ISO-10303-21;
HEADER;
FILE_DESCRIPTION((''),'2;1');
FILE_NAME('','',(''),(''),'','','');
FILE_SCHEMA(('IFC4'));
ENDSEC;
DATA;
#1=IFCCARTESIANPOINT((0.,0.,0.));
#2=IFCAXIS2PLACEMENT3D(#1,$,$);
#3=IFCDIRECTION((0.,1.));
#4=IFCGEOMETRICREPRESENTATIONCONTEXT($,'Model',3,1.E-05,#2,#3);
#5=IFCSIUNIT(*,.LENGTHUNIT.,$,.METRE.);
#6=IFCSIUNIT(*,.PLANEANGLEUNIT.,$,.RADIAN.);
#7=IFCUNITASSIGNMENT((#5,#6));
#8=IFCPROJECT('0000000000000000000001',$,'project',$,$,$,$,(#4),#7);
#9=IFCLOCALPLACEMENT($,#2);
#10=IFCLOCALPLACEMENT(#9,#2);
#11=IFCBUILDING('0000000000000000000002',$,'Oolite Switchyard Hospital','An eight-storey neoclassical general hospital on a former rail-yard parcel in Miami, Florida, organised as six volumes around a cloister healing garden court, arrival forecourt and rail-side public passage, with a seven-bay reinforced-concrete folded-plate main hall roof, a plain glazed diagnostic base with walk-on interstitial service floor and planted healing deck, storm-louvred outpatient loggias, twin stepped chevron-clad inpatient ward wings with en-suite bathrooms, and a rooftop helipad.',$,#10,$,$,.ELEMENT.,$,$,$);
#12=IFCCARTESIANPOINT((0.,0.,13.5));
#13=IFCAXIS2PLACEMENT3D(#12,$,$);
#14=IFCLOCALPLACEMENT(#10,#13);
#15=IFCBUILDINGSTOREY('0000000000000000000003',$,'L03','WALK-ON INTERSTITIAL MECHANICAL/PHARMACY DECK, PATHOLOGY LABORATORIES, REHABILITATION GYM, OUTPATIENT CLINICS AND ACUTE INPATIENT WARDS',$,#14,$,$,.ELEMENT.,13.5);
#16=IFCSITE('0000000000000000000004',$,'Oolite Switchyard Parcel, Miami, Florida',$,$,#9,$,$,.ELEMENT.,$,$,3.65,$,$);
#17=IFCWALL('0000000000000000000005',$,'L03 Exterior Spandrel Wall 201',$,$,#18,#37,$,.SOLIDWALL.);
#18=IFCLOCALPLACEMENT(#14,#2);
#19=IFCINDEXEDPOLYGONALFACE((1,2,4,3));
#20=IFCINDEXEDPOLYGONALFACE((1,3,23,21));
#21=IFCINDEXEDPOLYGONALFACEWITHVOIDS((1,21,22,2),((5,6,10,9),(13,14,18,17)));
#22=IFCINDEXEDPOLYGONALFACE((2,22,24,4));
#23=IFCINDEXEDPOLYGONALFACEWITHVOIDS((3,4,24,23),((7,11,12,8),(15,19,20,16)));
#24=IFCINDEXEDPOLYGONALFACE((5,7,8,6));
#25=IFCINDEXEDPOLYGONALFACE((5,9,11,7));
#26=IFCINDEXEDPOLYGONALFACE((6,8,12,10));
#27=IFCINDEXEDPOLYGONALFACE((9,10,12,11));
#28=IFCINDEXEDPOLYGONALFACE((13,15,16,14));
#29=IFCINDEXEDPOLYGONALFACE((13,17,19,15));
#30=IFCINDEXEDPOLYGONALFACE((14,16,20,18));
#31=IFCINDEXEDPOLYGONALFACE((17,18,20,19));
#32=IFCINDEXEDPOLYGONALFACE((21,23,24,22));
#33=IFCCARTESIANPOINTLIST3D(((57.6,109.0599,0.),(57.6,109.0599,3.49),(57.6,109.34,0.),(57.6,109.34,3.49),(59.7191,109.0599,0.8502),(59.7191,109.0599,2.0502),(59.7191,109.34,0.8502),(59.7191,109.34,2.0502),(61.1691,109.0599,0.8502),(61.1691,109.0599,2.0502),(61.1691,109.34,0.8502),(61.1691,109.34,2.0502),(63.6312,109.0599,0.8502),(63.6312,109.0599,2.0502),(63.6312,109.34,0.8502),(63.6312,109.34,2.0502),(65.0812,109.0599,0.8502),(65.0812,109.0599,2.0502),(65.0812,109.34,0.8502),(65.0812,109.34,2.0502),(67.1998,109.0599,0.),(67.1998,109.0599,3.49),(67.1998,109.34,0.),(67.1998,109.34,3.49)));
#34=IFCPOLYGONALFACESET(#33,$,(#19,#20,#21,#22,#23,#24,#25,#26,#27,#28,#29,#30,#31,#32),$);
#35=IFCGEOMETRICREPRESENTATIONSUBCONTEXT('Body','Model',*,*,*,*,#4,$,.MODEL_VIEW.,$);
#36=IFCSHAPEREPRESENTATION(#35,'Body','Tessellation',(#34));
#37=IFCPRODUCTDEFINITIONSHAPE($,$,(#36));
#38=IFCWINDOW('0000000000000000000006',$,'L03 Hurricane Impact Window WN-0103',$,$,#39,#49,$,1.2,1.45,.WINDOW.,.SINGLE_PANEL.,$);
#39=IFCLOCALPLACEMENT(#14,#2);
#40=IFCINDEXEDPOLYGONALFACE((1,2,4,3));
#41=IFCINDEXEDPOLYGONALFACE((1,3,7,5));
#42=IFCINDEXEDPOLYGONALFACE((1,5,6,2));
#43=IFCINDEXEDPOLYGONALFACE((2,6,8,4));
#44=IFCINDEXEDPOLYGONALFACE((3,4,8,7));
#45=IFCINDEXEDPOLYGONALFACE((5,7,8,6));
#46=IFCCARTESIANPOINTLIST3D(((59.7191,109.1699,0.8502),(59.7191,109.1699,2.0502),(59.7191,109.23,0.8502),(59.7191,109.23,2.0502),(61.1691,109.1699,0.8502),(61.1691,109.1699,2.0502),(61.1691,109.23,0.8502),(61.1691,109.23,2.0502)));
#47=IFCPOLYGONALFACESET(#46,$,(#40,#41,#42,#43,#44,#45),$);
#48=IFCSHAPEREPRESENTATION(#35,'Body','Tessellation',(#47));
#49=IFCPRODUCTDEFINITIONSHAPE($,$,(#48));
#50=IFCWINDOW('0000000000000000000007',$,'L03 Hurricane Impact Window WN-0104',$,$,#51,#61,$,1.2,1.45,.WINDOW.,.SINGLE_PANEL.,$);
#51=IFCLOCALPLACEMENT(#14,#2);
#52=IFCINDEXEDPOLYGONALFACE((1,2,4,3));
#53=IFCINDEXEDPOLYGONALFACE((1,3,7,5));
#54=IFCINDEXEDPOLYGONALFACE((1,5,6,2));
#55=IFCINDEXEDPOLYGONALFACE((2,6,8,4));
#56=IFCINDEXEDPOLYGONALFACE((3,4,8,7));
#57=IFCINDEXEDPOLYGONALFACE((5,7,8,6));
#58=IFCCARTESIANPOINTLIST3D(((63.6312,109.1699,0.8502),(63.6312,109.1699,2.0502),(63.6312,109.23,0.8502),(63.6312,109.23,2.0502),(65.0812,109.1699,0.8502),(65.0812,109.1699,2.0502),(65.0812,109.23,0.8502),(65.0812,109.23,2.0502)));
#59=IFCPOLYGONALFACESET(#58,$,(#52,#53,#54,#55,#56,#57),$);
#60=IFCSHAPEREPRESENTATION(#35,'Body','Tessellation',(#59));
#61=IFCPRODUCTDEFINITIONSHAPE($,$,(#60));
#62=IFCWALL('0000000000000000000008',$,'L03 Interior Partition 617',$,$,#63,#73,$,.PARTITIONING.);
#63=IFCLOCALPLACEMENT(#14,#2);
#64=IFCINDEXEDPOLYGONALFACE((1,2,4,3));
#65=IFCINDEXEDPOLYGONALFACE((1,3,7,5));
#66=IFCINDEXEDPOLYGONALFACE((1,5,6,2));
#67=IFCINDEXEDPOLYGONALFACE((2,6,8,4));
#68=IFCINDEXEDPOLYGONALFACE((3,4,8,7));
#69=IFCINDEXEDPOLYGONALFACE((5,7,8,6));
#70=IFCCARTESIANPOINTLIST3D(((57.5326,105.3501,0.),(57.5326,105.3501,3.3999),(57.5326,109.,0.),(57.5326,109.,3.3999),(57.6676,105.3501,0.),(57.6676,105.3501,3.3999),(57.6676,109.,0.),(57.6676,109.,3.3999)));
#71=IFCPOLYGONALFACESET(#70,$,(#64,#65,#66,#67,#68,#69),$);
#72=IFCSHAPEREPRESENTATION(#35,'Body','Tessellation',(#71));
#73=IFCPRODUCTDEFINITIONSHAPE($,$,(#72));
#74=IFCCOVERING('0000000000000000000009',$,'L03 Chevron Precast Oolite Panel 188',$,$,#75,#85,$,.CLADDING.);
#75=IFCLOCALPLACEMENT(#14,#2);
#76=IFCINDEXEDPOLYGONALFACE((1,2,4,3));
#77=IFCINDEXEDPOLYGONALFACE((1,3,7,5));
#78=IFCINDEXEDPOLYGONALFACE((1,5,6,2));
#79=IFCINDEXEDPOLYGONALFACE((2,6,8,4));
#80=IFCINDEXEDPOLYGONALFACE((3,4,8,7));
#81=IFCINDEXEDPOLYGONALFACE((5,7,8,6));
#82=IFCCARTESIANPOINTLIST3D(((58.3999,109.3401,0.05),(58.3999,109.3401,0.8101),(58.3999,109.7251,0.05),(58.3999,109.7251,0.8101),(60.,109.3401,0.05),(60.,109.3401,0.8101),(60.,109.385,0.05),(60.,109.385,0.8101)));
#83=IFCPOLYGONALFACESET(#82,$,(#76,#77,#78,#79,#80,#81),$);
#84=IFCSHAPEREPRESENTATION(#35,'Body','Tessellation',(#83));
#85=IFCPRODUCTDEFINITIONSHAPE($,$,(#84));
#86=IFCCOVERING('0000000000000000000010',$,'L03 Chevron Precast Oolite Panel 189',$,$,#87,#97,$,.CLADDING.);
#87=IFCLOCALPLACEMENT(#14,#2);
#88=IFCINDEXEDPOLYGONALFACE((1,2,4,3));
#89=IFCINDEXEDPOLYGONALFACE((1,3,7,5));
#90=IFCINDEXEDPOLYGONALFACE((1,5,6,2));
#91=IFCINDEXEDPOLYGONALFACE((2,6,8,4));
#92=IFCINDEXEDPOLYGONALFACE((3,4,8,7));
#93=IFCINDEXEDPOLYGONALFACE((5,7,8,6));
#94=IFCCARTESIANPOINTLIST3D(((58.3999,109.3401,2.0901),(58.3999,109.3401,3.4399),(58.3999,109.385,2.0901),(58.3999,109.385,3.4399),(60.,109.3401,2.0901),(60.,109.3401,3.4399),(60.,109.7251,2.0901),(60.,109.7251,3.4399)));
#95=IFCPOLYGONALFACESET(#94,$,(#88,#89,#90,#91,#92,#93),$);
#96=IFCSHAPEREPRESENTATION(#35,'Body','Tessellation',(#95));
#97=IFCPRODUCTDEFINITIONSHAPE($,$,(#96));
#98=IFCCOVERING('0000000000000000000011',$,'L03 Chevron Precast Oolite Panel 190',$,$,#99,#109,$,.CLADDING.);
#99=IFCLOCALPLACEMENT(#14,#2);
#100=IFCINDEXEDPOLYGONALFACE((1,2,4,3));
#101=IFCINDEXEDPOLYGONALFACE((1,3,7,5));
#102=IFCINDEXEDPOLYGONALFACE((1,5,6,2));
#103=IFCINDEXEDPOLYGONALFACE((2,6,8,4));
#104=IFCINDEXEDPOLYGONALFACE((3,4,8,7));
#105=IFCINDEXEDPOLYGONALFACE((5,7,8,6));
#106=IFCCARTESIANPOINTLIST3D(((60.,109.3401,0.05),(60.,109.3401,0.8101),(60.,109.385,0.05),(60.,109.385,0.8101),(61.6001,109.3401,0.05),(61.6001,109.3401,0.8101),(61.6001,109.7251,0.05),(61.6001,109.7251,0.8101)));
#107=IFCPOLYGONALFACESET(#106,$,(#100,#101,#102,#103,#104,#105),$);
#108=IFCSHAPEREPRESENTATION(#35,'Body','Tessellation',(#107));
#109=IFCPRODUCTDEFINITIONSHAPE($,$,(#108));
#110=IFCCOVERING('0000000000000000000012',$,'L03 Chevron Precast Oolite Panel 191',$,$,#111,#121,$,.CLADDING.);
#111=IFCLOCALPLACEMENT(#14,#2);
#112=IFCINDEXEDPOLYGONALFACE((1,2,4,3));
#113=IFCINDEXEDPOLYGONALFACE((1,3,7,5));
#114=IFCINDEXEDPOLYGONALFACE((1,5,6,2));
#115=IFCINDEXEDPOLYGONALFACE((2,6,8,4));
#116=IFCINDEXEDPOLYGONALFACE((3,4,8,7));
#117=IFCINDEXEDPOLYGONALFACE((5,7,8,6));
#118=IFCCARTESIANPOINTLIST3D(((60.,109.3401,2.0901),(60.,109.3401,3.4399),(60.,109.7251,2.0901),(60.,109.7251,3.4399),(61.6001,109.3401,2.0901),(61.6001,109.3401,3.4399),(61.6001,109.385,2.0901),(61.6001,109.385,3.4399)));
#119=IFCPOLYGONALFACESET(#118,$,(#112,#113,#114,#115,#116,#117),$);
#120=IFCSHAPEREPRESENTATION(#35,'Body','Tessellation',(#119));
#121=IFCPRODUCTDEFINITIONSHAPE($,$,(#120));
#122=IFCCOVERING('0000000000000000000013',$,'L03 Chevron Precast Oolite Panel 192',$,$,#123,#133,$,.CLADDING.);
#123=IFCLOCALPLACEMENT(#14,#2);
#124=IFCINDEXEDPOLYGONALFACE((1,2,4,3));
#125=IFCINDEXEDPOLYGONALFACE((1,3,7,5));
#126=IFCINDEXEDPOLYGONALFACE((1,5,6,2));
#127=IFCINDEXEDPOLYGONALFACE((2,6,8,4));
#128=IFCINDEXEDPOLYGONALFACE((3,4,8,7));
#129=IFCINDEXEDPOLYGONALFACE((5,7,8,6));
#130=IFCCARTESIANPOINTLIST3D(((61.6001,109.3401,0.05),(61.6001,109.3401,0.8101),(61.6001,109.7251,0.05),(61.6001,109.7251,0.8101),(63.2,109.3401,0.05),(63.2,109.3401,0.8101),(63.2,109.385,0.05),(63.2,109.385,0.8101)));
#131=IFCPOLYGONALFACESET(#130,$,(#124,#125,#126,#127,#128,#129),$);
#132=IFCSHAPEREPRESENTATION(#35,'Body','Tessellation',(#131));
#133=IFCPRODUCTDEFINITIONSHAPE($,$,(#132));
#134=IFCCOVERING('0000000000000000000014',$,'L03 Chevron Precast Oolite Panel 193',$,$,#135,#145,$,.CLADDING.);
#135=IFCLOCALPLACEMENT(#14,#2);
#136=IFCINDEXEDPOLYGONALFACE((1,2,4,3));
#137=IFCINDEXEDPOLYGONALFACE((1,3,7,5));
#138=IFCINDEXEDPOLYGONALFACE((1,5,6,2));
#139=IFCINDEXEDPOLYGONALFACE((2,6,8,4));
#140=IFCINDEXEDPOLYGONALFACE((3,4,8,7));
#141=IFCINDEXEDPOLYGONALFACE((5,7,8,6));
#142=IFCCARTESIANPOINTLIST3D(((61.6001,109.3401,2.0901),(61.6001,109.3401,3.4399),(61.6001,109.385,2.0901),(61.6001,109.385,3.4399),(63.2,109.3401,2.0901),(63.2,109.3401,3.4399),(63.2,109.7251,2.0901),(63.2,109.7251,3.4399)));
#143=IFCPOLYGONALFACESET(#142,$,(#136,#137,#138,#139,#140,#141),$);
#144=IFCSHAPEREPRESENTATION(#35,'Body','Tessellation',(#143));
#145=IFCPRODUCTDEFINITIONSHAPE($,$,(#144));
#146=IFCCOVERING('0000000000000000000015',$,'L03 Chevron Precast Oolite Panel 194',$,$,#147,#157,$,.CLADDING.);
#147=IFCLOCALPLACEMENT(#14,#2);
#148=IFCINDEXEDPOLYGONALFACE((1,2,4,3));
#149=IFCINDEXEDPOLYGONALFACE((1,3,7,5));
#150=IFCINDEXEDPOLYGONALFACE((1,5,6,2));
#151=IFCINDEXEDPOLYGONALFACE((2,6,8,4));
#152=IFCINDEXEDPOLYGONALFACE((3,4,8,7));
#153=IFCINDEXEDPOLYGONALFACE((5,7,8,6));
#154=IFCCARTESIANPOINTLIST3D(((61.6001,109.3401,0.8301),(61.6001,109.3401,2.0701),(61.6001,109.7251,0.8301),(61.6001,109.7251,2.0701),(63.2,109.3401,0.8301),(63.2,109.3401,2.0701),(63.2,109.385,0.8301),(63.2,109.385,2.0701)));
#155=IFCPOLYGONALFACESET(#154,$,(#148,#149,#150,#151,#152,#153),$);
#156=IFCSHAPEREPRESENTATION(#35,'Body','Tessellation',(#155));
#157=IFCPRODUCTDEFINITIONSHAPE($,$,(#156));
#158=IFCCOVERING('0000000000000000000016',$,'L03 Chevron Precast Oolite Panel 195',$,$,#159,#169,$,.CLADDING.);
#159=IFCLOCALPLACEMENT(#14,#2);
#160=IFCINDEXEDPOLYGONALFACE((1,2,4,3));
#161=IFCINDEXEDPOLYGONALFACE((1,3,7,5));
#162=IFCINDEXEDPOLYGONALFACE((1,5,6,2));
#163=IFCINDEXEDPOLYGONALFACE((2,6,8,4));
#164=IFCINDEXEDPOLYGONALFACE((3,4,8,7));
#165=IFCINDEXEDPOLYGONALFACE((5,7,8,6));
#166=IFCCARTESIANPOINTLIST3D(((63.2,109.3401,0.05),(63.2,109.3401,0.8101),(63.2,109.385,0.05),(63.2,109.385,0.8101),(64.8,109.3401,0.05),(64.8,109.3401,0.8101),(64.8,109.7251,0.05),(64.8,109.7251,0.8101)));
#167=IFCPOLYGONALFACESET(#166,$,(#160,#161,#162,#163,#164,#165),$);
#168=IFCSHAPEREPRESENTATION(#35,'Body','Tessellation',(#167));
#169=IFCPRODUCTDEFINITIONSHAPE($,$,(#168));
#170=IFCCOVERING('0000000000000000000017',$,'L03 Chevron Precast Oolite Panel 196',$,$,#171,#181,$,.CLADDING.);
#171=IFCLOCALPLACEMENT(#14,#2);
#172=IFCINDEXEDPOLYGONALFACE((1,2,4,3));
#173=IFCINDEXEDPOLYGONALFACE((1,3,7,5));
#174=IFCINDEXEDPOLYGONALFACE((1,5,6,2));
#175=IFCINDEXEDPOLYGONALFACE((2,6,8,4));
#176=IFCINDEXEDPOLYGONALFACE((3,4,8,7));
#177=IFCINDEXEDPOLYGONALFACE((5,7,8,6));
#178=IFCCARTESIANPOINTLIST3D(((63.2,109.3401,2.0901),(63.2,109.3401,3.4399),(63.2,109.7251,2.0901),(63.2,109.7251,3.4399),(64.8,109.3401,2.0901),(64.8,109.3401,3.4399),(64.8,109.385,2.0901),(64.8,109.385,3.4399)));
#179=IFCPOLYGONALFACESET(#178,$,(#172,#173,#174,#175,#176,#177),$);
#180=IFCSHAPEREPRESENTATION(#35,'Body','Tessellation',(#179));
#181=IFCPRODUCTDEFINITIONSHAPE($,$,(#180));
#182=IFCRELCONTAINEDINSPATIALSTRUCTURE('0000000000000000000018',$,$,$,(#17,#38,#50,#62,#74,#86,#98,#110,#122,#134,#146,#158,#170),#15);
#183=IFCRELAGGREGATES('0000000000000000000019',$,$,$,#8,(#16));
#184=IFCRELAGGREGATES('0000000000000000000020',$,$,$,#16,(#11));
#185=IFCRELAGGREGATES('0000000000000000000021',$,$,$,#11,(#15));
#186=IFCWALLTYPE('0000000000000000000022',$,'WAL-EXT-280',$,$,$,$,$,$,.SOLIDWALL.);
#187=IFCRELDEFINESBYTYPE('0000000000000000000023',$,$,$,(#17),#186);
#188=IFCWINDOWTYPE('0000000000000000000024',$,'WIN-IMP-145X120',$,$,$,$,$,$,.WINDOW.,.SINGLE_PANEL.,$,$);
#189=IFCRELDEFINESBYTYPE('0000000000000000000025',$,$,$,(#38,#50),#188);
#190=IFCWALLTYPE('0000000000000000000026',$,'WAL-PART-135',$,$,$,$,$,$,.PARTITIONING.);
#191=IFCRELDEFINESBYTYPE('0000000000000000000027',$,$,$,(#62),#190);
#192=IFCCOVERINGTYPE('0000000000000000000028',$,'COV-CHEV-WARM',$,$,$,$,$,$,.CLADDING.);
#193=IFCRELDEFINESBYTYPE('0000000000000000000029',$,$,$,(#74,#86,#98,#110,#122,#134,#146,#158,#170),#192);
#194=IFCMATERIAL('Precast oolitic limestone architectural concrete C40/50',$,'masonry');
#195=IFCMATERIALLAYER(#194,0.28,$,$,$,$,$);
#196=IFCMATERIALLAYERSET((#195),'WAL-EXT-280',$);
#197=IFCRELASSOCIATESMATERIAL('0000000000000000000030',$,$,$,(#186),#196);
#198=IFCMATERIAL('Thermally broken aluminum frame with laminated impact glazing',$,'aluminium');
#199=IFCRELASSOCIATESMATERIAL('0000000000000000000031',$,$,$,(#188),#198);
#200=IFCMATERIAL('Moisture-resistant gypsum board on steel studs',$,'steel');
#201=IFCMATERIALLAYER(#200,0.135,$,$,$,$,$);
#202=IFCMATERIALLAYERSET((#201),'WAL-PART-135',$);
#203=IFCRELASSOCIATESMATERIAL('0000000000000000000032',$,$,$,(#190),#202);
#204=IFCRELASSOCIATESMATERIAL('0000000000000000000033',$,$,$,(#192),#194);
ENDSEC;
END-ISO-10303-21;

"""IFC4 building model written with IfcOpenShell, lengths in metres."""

from ifc_helpers import new_model, si_unit, direction, frame, frame_2d, origin, place, context, subcontext, project, spatial, polyline, rectangle, outline, extrude, material, layer, layer_set, type_object, element, fill, save


model = new_model("IFC4")

# Units and contexts
model_context = context("Model", 3, precision=1e-05, world=origin(), true_north=direction((0.0, 1.0)))
body_context = subcontext(model_context, "Body", "Model", "MODEL_VIEW")
ifc_project = project(units=[si_unit("LENGTHUNIT", "METRE"), si_unit("PLANEANGLEUNIT", "RADIAN")], contexts=[model_context])

# Site, building, storey
site_placement = place(None, origin())
site = spatial("IfcSite", under=ifc_project, at=site_placement, Name="Oolite Switchyard Parcel, Miami, Florida", CompositionType="ELEMENT", RefElevation=3.65)
building_placement = place(site_placement, origin())
building = spatial("IfcBuilding", under=site, at=building_placement, Name="Oolite Switchyard Hospital", Description="An eight-storey neoclassical general hospital on a former rail-yard parcel in Miami, Florida, organised as six volumes around a cloister healing garden court, arrival forecourt and rail-side public passage, with a seven-bay reinforced-concrete folded-plate main hall roof, a plain glazed diagnostic base with walk-on interstitial service floor and planted healing deck, storm-louvred outpatient loggias, twin stepped chevron-clad inpatient ward wings with en-suite bathrooms, and a rooftop helipad.", CompositionType="ELEMENT")
storey_placement = place(building_placement, frame((0.0, 0.0, 13.5)))
storey = spatial("IfcBuildingStorey", under=building, at=storey_placement, Name="L03", Description="WALK-ON INTERSTITIAL MECHANICAL/PHARMACY DECK, PATHOLOGY LABORATORIES, REHABILITATION GYM, OUTPATIENT CLINICS AND ACUTE INPATIENT WARDS", CompositionType="ELEMENT", Elevation=13.5)

# Wall, openings, windows
ifc_material_1 = material(Name="Precast oolitic limestone architectural concrete C40/50", Category="masonry")
ifc_layer_1 = layer(ifc_material_1, 0.28)
ifc_layer_set_1 = layer_set([ifc_layer_1], Name="WAL-EXT-280")
wall_type_1 = type_object("IfcWallType", Name="WAL-EXT-280", PredefinedType="SOLIDWALL", material=ifc_layer_set_1)
wall_1_placement = place(storey_placement, frame((57.6001, 109.2, 0.0), z_axis=(0.0, 0.0, 1.0), x_axis=(1.0, 0.0, 0.0)))
wall_1 = element("IfcWall", 1, at=wall_1_placement, inside=storey, type_object=wall_type_1, Name="L03 Exterior Spandrel Wall 201", PredefinedType="SOLIDWALL", context=body_context, shape_type="SweptSolid", body=[
    extrude(rectangle(XDim=9.5999, YDim=0.28, at=frame_2d((4.7998, 0.0))), origin(), (0.0, 0.0, 1.0), 3.49),
])
opening_1_placement = place(wall_1_placement, frame((2.1189, 0.0, 0.8501)))
opening_1 = element("IfcOpeningElement", 2, at=opening_1_placement, cuts=wall_1, PredefinedType="OPENING", context=body_context, shape_type="SweptSolid", body=[
    extrude(rectangle(XDim=1.45, YDim=1.2, at=frame_2d((0.7251, 0.6001))), frame((0.0, 0.1499, 0.0), z_axis=(0.0, -1.0, 0.0), x_axis=(1.0, 0.0, 0.0)), (0.0, 0.0, 1.0), 0.3),
])
opening_2_placement = place(wall_1_placement, frame((6.031, 0.0, 0.8501)))
opening_2 = element("IfcOpeningElement", 3, at=opening_2_placement, cuts=wall_1, PredefinedType="OPENING", context=body_context, shape_type="SweptSolid", body=[
    extrude(rectangle(XDim=1.45, YDim=1.2, at=frame_2d((0.7251, 0.6001))), frame((0.0, 0.1499, 0.0), z_axis=(0.0, -1.0, 0.0), x_axis=(1.0, 0.0, 0.0)), (0.0, 0.0, 1.0), 0.3),
])
ifc_material_2 = material(Name="Thermally broken aluminum frame with laminated impact glazing", Category="aluminium")
window_type = type_object("IfcWindowType", Name="WIN-IMP-145X120", PartitioningType="SINGLE_PANEL", PredefinedType="WINDOW", material=ifc_material_2)
window_1_placement = place(opening_1_placement, origin())
window_1 = element("IfcWindow", 4, at=window_1_placement, inside=storey, type_object=window_type, Name="L03 Hurricane Impact Window WN-0103", OverallHeight=1.2, OverallWidth=1.45, PartitioningType="SINGLE_PANEL", PredefinedType="WINDOW", context=body_context, shape_type="SweptSolid", body=[
    extrude(rectangle(XDim=1.45, YDim=1.2, at=frame_2d((0.7251, 0.6001))), frame((0.0, 0.03, 0.0), z_axis=(0.0, -1.0, 0.0), x_axis=(1.0, 0.0, 0.0)), (0.0, 0.0, 1.0), 0.0601),
])
fill(opening_1, window_1)
window_2_placement = place(opening_2_placement, origin())
window_2 = element("IfcWindow", 5, at=window_2_placement, inside=storey, type_object=window_type, Name="L03 Hurricane Impact Window WN-0104", OverallHeight=1.2, OverallWidth=1.45, PartitioningType="SINGLE_PANEL", PredefinedType="WINDOW", context=body_context, shape_type="SweptSolid", body=[
    extrude(rectangle(XDim=1.45, YDim=1.2, at=frame_2d((0.7251, 0.6001))), frame((0.0, 0.03, 0.0), z_axis=(0.0, -1.0, 0.0), x_axis=(1.0, 0.0, 0.0)), (0.0, 0.0, 1.0), 0.0601),
])
fill(opening_2, window_2)

# Wall
ifc_material_3 = material(Name="Moisture-resistant gypsum board on steel studs", Category="steel")
ifc_layer_2 = layer(ifc_material_3, 0.135)
ifc_layer_set_2 = layer_set([ifc_layer_2], Name="WAL-PART-135")
wall_type_2 = type_object("IfcWallType", Name="WAL-PART-135", PredefinedType="PARTITIONING", material=ifc_layer_set_2)
wall_2_placement = place(storey_placement, frame((57.6001, 105.3501, 0.0), z_axis=(0.0, 0.0, 1.0), x_axis=(0.0, 1.0, 0.0)))
element("IfcWall", 6, at=wall_2_placement, inside=storey, type_object=wall_type_2, Name="L03 Interior Partition 617", PredefinedType="PARTITIONING", context=body_context, shape_type="SweptSolid", body=[
    extrude(rectangle(XDim=3.6499, YDim=0.135, at=frame_2d((1.825, 0.0))), origin(), (0.0, 0.0, 1.0), 3.3999),
])

# Coverings
covering_type = type_object("IfcCoveringType", Name="COV-CHEV-WARM", PredefinedType="CLADDING", material=ifc_material_1)
covering_1_placement = place(storey_placement, frame((58.3999, 109.3401, 0.05), z_axis=(0.0, 0.0, 1.0), x_axis=(1.0, 0.0, 0.0)))
element("IfcCovering", 7, at=covering_1_placement, inside=storey, type_object=covering_type, Name="L03 Chevron Precast Oolite Panel 188", PredefinedType="CLADDING", context=body_context, shape_type="SweptSolid", body=[
    extrude(outline(polyline([(0.0, 0.0), (1.6001, 0.0), (1.6001, 0.0449), (0.0, 0.385), (0.0, 0.0)])), origin(), (0.0, 0.0, 1.0), 0.76),
])
covering_2_placement = place(storey_placement, frame((58.3999, 109.3401, 2.0901), z_axis=(0.0, 0.0, 1.0), x_axis=(1.0, 0.0, 0.0)))
element("IfcCovering", 8, at=covering_2_placement, inside=storey, type_object=covering_type, Name="L03 Chevron Precast Oolite Panel 189", PredefinedType="CLADDING", context=body_context, shape_type="SweptSolid", body=[
    extrude(outline(polyline([(0.0, 0.0), (1.6001, 0.0), (1.6001, 0.385), (0.0, 0.0449), (0.0, 0.0)])), origin(), (0.0, 0.0, 1.0), 1.3499),
])
covering_3_placement = place(storey_placement, frame((60.0, 109.3401, 0.05), z_axis=(0.0, 0.0, 1.0), x_axis=(1.0, 0.0, 0.0)))
element("IfcCovering", 9, at=covering_3_placement, inside=storey, type_object=covering_type, Name="L03 Chevron Precast Oolite Panel 190", PredefinedType="CLADDING", context=body_context, shape_type="SweptSolid", body=[
    extrude(outline(polyline([(0.0, 0.0), (1.6001, 0.0), (1.6001, 0.385), (0.0, 0.0449), (0.0, 0.0)])), origin(), (0.0, 0.0, 1.0), 0.76),
])
covering_4_placement = place(storey_placement, frame((60.0, 109.3401, 2.0901), z_axis=(0.0, 0.0, 1.0), x_axis=(1.0, 0.0, 0.0)))
element("IfcCovering", 10, at=covering_4_placement, inside=storey, type_object=covering_type, Name="L03 Chevron Precast Oolite Panel 191", PredefinedType="CLADDING", context=body_context, shape_type="SweptSolid", body=[
    extrude(outline(polyline([(0.0, 0.0), (1.6001, 0.0), (1.6001, 0.0449), (0.0, 0.385), (0.0, 0.0)])), origin(), (0.0, 0.0, 1.0), 1.3499),
])
covering_5_placement = place(storey_placement, frame((61.6001, 109.3401, 0.05), z_axis=(0.0, 0.0, 1.0), x_axis=(1.0, 0.0, 0.0)))
element("IfcCovering", 11, at=covering_5_placement, inside=storey, type_object=covering_type, Name="L03 Chevron Precast Oolite Panel 192", PredefinedType="CLADDING", context=body_context, shape_type="SweptSolid", body=[
    extrude(outline(polyline([(0.0, 0.0), (1.5999, 0.0), (1.5999, 0.0449), (0.0, 0.385), (0.0, 0.0)])), origin(), (0.0, 0.0, 1.0), 0.76),
])
covering_6_placement = place(storey_placement, frame((61.6001, 109.3401, 2.0901), z_axis=(0.0, 0.0, 1.0), x_axis=(1.0, 0.0, 0.0)))
element("IfcCovering", 12, at=covering_6_placement, inside=storey, type_object=covering_type, Name="L03 Chevron Precast Oolite Panel 193", PredefinedType="CLADDING", context=body_context, shape_type="SweptSolid", body=[
    extrude(outline(polyline([(0.0, 0.0), (1.5999, 0.0), (1.5999, 0.385), (0.0, 0.0449), (0.0, 0.0)])), origin(), (0.0, 0.0, 1.0), 1.3499),
])
covering_7_placement = place(storey_placement, frame((61.6001, 109.3401, 0.8301), z_axis=(0.0, 0.0, 1.0), x_axis=(1.0, 0.0, 0.0)))
element("IfcCovering", 13, at=covering_7_placement, inside=storey, type_object=covering_type, Name="L03 Chevron Precast Oolite Panel 194", PredefinedType="CLADDING", context=body_context, shape_type="SweptSolid", body=[
    extrude(outline(polyline([(0.0, 0.0), (1.5999, 0.0), (1.5999, 0.0449), (0.0, 0.385), (0.0, 0.0)])), origin(), (0.0, 0.0, 1.0), 1.24),
])
covering_8_placement = place(storey_placement, frame((63.2, 109.3401, 0.05), z_axis=(0.0, 0.0, 1.0), x_axis=(1.0, 0.0, 0.0)))
element("IfcCovering", 14, at=covering_8_placement, inside=storey, type_object=covering_type, Name="L03 Chevron Precast Oolite Panel 195", PredefinedType="CLADDING", context=body_context, shape_type="SweptSolid", body=[
    extrude(outline(polyline([(0.0, 0.0), (1.6001, 0.0), (1.6001, 0.385), (0.0, 0.0449), (0.0, 0.0)])), origin(), (0.0, 0.0, 1.0), 0.76),
])
covering_9_placement = place(storey_placement, frame((63.2, 109.3401, 2.0901), z_axis=(0.0, 0.0, 1.0), x_axis=(1.0, 0.0, 0.0)))
element("IfcCovering", 15, at=covering_9_placement, inside=storey, type_object=covering_type, Name="L03 Chevron Precast Oolite Panel 196", PredefinedType="CLADDING", context=body_context, shape_type="SweptSolid", body=[
    extrude(outline(polyline([(0.0, 0.0), (1.6001, 0.0), (1.6001, 0.0449), (0.0, 0.385), (0.0, 0.0)])), origin(), (0.0, 0.0, 1.0), 1.3499),
])

save(model, "model.ifc")
